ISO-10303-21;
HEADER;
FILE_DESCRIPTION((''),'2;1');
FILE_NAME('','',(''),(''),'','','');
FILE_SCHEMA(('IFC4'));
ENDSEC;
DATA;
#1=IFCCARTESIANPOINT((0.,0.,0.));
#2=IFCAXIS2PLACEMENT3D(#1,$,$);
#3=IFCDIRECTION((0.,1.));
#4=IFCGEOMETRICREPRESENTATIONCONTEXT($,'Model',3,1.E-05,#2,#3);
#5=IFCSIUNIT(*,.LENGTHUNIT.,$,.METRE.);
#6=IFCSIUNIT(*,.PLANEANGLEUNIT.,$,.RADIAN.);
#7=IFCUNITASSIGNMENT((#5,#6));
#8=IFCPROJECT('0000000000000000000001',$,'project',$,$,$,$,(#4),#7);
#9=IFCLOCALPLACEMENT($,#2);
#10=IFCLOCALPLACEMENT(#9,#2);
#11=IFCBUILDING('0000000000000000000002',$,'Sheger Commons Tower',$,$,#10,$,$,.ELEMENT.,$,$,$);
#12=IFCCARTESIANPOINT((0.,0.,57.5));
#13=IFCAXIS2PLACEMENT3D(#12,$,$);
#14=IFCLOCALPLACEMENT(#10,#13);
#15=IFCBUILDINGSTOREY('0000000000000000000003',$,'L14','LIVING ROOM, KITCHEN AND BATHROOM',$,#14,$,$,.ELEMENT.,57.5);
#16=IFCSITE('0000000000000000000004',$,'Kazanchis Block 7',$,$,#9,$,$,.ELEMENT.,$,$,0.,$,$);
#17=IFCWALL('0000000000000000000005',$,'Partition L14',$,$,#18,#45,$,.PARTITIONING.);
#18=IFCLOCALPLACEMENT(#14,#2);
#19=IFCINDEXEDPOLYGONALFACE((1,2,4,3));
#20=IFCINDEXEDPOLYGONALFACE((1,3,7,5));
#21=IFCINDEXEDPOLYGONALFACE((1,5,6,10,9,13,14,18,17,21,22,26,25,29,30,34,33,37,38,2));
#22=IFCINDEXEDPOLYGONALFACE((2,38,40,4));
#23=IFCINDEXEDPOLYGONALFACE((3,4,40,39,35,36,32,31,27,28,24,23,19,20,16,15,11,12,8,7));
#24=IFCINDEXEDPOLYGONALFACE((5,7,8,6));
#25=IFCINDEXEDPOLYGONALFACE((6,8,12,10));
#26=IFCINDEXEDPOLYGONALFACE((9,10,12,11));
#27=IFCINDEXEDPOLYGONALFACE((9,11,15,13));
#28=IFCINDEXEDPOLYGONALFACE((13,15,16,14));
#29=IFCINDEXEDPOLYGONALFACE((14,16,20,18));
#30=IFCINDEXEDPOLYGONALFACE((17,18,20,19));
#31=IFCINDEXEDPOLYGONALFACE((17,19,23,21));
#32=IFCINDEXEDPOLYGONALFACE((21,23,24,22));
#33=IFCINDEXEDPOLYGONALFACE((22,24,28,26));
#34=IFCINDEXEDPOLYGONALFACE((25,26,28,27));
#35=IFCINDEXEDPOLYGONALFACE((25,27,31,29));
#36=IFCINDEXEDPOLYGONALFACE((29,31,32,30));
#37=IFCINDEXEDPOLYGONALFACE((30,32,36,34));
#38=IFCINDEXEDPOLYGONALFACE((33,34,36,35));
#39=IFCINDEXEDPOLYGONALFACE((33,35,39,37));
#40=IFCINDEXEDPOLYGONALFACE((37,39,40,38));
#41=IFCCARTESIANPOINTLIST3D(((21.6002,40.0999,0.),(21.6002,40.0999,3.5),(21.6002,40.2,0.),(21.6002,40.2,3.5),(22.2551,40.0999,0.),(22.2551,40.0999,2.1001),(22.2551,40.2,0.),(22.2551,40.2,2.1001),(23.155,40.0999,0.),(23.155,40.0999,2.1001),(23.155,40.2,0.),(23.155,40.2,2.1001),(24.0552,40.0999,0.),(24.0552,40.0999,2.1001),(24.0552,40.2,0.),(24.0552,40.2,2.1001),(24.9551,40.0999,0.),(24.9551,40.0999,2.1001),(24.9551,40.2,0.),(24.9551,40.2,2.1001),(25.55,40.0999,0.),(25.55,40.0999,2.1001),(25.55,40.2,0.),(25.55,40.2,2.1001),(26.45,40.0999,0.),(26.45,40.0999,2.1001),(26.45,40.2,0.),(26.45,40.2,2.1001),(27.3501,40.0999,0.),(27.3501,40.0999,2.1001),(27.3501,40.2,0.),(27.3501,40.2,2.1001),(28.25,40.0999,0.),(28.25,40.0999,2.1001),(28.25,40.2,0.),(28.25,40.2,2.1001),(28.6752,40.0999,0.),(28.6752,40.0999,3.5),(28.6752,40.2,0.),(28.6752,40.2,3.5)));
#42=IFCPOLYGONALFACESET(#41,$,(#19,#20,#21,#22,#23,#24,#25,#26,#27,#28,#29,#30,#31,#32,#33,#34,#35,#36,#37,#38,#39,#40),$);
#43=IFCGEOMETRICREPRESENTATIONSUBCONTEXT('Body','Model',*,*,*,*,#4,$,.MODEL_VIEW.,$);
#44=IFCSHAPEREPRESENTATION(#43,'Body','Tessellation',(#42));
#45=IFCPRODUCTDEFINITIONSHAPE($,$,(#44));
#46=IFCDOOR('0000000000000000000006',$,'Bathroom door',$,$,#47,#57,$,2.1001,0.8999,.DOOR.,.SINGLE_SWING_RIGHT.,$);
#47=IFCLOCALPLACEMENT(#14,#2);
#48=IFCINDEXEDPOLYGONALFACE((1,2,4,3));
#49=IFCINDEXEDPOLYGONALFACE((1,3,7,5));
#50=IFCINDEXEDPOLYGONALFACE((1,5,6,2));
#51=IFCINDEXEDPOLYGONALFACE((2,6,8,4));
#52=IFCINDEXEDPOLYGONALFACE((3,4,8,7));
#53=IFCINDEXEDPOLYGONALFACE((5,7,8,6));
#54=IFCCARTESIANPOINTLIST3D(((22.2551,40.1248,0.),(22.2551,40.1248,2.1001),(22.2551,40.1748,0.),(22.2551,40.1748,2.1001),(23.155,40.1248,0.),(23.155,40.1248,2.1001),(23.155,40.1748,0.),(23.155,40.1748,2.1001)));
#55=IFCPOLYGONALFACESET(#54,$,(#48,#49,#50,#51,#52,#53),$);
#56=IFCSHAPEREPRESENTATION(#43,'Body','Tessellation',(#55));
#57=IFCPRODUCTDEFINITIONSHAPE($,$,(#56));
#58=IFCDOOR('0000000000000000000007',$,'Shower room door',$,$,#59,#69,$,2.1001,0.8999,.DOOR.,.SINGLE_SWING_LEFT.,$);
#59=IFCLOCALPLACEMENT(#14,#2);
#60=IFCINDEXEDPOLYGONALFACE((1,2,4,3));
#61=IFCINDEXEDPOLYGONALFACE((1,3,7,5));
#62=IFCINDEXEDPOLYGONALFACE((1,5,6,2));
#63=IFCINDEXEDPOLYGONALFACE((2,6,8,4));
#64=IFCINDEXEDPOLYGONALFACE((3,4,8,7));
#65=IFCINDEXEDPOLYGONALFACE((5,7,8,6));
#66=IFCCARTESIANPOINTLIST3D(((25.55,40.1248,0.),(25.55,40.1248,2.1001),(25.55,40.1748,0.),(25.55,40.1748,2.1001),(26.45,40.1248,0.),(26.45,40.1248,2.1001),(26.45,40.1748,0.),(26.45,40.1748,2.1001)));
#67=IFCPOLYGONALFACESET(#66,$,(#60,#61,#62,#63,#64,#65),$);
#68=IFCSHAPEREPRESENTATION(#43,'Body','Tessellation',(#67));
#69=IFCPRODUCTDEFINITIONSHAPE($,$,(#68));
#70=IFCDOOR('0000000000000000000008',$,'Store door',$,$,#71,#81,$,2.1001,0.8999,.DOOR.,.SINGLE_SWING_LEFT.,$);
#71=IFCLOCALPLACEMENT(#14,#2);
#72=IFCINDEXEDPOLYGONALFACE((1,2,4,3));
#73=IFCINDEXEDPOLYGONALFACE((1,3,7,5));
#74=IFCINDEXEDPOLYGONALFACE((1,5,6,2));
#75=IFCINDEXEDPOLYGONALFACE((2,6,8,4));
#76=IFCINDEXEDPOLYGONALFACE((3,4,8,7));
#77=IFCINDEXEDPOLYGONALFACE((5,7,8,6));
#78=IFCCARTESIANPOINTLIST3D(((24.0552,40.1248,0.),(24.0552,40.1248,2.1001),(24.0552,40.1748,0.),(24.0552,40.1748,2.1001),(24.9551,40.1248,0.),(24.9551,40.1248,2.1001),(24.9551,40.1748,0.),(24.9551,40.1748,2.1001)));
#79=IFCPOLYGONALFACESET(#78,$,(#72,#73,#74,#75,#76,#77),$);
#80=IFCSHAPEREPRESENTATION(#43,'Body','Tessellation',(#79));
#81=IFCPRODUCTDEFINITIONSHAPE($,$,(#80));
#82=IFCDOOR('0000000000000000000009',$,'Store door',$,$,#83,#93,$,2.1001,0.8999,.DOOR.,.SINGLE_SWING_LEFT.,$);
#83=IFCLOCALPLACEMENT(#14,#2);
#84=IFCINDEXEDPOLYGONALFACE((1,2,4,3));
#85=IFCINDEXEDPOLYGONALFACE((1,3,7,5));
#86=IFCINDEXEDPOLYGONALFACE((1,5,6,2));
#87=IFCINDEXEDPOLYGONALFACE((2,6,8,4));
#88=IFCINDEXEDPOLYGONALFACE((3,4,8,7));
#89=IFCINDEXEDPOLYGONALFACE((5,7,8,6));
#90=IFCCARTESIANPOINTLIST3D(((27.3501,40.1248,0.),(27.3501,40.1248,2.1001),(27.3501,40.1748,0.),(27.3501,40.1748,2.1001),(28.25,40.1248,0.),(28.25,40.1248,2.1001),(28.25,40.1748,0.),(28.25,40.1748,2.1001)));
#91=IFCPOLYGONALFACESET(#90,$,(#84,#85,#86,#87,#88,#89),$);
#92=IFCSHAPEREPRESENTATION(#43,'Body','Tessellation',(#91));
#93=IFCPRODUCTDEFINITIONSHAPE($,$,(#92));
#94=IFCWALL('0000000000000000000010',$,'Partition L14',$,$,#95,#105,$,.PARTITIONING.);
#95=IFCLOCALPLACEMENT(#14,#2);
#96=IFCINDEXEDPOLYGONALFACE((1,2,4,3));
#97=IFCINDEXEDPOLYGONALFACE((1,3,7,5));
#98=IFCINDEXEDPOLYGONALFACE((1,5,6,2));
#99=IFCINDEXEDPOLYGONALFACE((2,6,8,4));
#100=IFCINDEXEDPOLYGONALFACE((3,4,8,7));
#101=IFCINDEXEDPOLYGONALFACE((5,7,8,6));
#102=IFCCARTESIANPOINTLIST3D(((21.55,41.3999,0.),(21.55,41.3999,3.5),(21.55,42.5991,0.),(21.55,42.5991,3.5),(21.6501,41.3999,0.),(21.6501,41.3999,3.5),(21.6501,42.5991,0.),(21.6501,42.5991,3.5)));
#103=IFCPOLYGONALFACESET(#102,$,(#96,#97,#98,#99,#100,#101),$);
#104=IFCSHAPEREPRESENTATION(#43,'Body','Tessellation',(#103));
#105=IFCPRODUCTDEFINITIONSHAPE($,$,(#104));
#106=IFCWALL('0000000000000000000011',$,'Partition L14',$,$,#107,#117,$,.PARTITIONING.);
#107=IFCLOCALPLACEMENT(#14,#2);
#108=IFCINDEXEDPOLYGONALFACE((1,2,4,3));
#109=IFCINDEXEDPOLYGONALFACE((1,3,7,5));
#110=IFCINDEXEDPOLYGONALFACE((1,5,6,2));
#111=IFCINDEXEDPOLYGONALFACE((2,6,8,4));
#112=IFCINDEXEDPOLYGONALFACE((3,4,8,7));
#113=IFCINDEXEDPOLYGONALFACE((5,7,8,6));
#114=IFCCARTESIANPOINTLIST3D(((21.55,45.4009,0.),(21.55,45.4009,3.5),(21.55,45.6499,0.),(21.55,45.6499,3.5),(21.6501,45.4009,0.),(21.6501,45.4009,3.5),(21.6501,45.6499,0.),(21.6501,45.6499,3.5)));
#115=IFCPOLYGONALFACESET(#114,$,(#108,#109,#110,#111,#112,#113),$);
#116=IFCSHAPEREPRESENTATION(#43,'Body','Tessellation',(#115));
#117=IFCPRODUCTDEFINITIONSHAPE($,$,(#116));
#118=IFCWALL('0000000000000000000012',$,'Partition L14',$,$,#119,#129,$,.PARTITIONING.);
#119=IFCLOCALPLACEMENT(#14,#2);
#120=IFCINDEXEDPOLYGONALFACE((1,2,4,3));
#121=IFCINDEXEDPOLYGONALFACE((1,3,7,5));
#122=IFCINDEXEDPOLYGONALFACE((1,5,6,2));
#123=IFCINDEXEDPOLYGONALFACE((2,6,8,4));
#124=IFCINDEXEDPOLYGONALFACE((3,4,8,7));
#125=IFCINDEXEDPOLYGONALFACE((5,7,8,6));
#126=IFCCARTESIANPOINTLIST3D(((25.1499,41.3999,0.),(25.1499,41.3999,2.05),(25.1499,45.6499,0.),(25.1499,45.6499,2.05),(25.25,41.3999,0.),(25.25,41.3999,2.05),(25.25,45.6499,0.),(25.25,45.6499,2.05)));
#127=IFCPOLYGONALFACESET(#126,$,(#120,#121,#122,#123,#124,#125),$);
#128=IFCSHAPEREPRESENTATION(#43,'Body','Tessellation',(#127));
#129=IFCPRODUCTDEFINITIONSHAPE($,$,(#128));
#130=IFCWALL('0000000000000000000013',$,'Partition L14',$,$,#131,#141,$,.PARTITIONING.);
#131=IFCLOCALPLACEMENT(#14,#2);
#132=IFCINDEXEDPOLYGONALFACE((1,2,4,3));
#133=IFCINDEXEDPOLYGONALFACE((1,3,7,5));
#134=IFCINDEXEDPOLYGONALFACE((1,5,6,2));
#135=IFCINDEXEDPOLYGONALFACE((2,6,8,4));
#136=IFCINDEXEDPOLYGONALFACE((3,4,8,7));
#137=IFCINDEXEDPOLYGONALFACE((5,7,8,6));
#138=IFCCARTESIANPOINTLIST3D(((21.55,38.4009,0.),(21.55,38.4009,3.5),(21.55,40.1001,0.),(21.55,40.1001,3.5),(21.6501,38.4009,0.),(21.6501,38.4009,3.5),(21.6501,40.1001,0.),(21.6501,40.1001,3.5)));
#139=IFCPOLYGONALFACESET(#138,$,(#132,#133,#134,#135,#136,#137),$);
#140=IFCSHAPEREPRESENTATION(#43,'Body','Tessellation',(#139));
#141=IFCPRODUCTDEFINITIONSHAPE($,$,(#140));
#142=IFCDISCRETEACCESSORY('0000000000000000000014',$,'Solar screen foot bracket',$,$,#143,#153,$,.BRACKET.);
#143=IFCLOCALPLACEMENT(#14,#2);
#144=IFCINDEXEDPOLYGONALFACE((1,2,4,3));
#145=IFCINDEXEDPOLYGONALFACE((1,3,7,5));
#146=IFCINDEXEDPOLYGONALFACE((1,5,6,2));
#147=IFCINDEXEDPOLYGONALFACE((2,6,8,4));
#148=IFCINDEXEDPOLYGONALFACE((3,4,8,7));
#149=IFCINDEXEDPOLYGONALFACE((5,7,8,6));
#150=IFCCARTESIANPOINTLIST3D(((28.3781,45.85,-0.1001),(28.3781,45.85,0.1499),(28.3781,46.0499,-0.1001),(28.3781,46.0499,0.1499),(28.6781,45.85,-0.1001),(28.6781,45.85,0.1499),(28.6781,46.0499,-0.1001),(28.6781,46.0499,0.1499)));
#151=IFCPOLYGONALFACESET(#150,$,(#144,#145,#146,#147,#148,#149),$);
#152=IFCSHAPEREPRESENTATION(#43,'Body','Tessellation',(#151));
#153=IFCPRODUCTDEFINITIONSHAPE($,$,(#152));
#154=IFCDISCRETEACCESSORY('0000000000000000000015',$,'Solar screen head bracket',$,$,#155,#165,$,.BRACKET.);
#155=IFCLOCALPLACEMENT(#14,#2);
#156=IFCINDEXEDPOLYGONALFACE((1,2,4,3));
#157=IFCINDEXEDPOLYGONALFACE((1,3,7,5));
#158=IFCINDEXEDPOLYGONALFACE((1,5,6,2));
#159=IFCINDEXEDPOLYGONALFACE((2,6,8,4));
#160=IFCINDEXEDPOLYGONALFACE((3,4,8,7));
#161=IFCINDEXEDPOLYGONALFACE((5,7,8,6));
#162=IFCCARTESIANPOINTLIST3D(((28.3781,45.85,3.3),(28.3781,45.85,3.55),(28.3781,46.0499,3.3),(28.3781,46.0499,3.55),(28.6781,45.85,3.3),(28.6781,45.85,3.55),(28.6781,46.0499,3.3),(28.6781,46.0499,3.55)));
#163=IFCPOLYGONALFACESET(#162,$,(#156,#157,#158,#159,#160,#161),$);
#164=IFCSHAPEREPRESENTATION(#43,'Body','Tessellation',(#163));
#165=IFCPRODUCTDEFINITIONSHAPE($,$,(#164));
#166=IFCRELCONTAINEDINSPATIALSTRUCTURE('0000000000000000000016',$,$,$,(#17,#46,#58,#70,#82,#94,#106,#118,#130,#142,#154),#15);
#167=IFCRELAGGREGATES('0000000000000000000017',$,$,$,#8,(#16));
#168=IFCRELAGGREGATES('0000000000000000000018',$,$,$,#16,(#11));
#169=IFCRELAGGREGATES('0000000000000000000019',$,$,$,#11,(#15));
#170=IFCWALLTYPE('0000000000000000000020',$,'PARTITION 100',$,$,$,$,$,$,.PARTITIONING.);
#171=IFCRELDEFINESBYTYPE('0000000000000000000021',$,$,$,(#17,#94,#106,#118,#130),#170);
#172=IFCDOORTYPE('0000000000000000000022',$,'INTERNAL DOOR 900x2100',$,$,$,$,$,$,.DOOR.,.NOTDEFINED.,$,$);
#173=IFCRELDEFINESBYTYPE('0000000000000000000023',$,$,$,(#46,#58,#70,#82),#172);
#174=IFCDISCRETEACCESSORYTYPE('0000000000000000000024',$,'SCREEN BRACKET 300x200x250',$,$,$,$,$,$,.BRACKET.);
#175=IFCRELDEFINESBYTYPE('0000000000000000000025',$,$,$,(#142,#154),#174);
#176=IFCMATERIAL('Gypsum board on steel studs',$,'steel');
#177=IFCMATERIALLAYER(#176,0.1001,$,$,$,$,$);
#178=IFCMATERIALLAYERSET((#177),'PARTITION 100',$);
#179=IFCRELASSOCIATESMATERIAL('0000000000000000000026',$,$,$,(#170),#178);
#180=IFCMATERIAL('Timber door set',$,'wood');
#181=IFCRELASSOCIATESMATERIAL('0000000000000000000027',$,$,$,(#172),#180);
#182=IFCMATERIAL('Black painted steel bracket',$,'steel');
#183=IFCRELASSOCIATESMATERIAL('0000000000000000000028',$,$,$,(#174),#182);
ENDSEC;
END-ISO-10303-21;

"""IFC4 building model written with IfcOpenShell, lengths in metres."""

from ifc_helpers import new_model, si_unit, direction, frame, frame_2d, origin, origin_2d, place, context, subcontext, project, spatial, rectangle, extrude, material, layer, layer_set, type_object, element, fill, save


model = new_model("IFC4")

# Units and contexts
model_context = context("Model", 3, precision=1e-05, world=origin(), true_north=direction((0.0, 1.0)))
body_context = subcontext(model_context, "Body", "Model", "MODEL_VIEW")
ifc_project = project(units=[si_unit("LENGTHUNIT", "METRE"), si_unit("PLANEANGLEUNIT", "RADIAN")], contexts=[model_context])

# Site, building, storey
site_placement = place(None, origin())
site = spatial("IfcSite", under=ifc_project, at=site_placement, Name="Kazanchis Block 7", CompositionType="ELEMENT", RefElevation=0.0)
building_placement = place(site_placement, origin())
building = spatial("IfcBuilding", under=site, at=building_placement, Name="Sheger Commons Tower", CompositionType="ELEMENT")
storey_placement = place(building_placement, frame((0.0, 0.0, 57.5)))
storey = spatial("IfcBuildingStorey", under=building, at=storey_placement, Name="L14", Description="LIVING ROOM, KITCHEN AND BATHROOM", CompositionType="ELEMENT", Elevation=57.5)

# Wall, openings, doors
ifc_material_1 = material(Name="Gypsum board on steel studs", Category="steel")
ifc_layer_1 = layer(ifc_material_1, 0.1001)
ifc_layer_set_1 = layer_set([ifc_layer_1], Name="PARTITION 100")
wall_type = type_object("IfcWallType", Name="PARTITION 100", PredefinedType="PARTITIONING", material=ifc_layer_set_1)
ifc_material_2 = material(Name="Timber door set", Category="wood")
door_type = type_object("IfcDoorType", Name="INTERNAL DOOR 900x2100", OperationType="NOTDEFINED", PredefinedType="DOOR", material=ifc_material_2)
wall_1_placement = place(storey_placement, frame((21.6001, 40.1499, 0.0), z_axis=(0.0, 0.0, 1.0), x_axis=(1.0, 0.0, 0.0)))
wall_1 = element("IfcWall", 1, at=wall_1_placement, inside=storey, type_object=wall_type, Name="Partition L14", PredefinedType="PARTITIONING", context=body_context, shape_type="SweptSolid", body=[
    extrude(rectangle(XDim=7.075, YDim=0.1001, at=frame_2d((3.5376, 0.0))), origin(), (0.0, 0.0, 1.0), 3.5),
])
opening_1_placement = place(wall_1_placement, frame((0.655, 0.0, 0.0)))
opening_1 = element("IfcOpeningElement", 2, at=opening_1_placement, cuts=wall_1, PredefinedType="OPENING", context=body_context, shape_type="SweptSolid", body=[
    extrude(rectangle(XDim=0.8999, YDim=2.1001, at=frame_2d((0.45, 1.05))), frame((0.0, 0.0601, 0.0), z_axis=(0.0, -1.0, 0.0), x_axis=(1.0, 0.0, 0.0)), (0.0, 0.0, 1.0), 0.1201),
])
opening_2_placement = place(wall_1_placement, frame((3.95, 0.0, 0.0)))
opening_2 = element("IfcOpeningElement", 3, at=opening_2_placement, cuts=wall_1, PredefinedType="OPENING", context=body_context, shape_type="SweptSolid", body=[
    extrude(rectangle(XDim=0.8999, YDim=2.1001, at=frame_2d((0.45, 1.05))), frame((0.0, 0.0601, 0.0), z_axis=(0.0, -1.0, 0.0), x_axis=(1.0, 0.0, 0.0)), (0.0, 0.0, 1.0), 0.1201),
])
opening_3_placement = place(wall_1_placement, frame((2.4551, 0.0, 0.0)))
opening_3 = element("IfcOpeningElement", 4, at=opening_3_placement, cuts=wall_1, PredefinedType="OPENING", context=body_context, shape_type="SweptSolid", body=[
    extrude(rectangle(XDim=0.8999, YDim=2.1001, at=frame_2d((0.45, 1.05))), frame((0.0, 0.0601, 0.0), z_axis=(0.0, -1.0, 0.0), x_axis=(1.0, 0.0, 0.0)), (0.0, 0.0, 1.0), 0.1201),
])
opening_4_placement = place(wall_1_placement, frame((5.75, 0.0, 0.0)))
opening_4 = element("IfcOpeningElement", 5, at=opening_4_placement, cuts=wall_1, PredefinedType="OPENING", context=body_context, shape_type="SweptSolid", body=[
    extrude(rectangle(XDim=0.8999, YDim=2.1001, at=frame_2d((0.45, 1.05))), frame((0.0, 0.0601, 0.0), z_axis=(0.0, -1.0, 0.0), x_axis=(1.0, 0.0, 0.0)), (0.0, 0.0, 1.0), 0.1201),
])
door_1_placement = place(opening_1_placement, origin())
door_1 = element("IfcDoor", 6, at=door_1_placement, inside=storey, type_object=door_type, Name="Bathroom door", OperationType="SINGLE_SWING_RIGHT", OverallHeight=2.1001, OverallWidth=0.8999, PredefinedType="DOOR", context=body_context, shape_type="SweptSolid", body=[
    extrude(rectangle(XDim=0.8999, YDim=2.1001, at=frame_2d((0.45, 1.05))), frame((0.0, 0.0249, 0.0), z_axis=(0.0, -1.0, 0.0), x_axis=(1.0, 0.0, 0.0)), (0.0, 0.0, 1.0), 0.05),
])
fill(opening_1, door_1)
door_2_placement = place(opening_2_placement, origin())
door_2 = element("IfcDoor", 7, at=door_2_placement, inside=storey, type_object=door_type, Name="Shower room door", OperationType="SINGLE_SWING_LEFT", OverallHeight=2.1001, OverallWidth=0.8999, PredefinedType="DOOR", context=body_context, shape_type="SweptSolid", body=[
    extrude(rectangle(XDim=0.8999, YDim=2.1001, at=frame_2d((0.45, 1.05))), frame((0.0, 0.0249, 0.0), z_axis=(0.0, -1.0, 0.0), x_axis=(1.0, 0.0, 0.0)), (0.0, 0.0, 1.0), 0.05),
])
fill(opening_2, door_2)
door_3_placement = place(opening_3_placement, origin())
door_3 = element("IfcDoor", 8, at=door_3_placement, inside=storey, type_object=door_type, Name="Store door", OperationType="SINGLE_SWING_LEFT", OverallHeight=2.1001, OverallWidth=0.8999, PredefinedType="DOOR", context=body_context, shape_type="SweptSolid", body=[
    extrude(rectangle(XDim=0.8999, YDim=2.1001, at=frame_2d((0.45, 1.05))), frame((0.0, 0.0249, 0.0), z_axis=(0.0, -1.0, 0.0), x_axis=(1.0, 0.0, 0.0)), (0.0, 0.0, 1.0), 0.05),
])
fill(opening_3, door_3)
door_4_placement = place(opening_4_placement, origin())
door_4 = element("IfcDoor", 9, at=door_4_placement, inside=storey, type_object=door_type, Name="Store door", OperationType="SINGLE_SWING_LEFT", OverallHeight=2.1001, OverallWidth=0.8999, PredefinedType="DOOR", context=body_context, shape_type="SweptSolid", body=[
    extrude(rectangle(XDim=0.8999, YDim=2.1001, at=frame_2d((0.45, 1.05))), frame((0.0, 0.0249, 0.0), z_axis=(0.0, -1.0, 0.0), x_axis=(1.0, 0.0, 0.0)), (0.0, 0.0, 1.0), 0.05),
])
fill(opening_4, door_4)

# Walls
wall_2_placement = place(storey_placement, frame((21.6001, 41.3999, 0.0), z_axis=(0.0, 0.0, 1.0), x_axis=(0.0, 1.0, 0.0)))
element("IfcWall", 10, at=wall_2_placement, inside=storey, type_object=wall_type, Name="Partition L14", PredefinedType="PARTITIONING", context=body_context, shape_type="SweptSolid", body=[
    extrude(rectangle(XDim=1.1992, YDim=0.1001, at=frame_2d((0.5996, 0.0))), origin(), (0.0, 0.0, 1.0), 3.5),
])
wall_3_placement = place(storey_placement, frame((21.6001, 45.4009, 0.0), z_axis=(0.0, 0.0, 1.0), x_axis=(0.0, 1.0, 0.0)))
element("IfcWall", 11, at=wall_3_placement, inside=storey, type_object=wall_type, Name="Partition L14", PredefinedType="PARTITIONING", context=body_context, shape_type="SweptSolid", body=[
    extrude(rectangle(XDim=0.249, YDim=0.1001, at=frame_2d((0.1245, 0.0))), origin(), (0.0, 0.0, 1.0), 3.5),
])
wall_4_placement = place(storey_placement, frame((25.2, 41.3999, 0.0), z_axis=(0.0, 0.0, 1.0), x_axis=(0.0, 1.0, 0.0)))
element("IfcWall", 12, at=wall_4_placement, inside=storey, type_object=wall_type, Name="Partition L14", PredefinedType="PARTITIONING", context=body_context, shape_type="SweptSolid", body=[
    extrude(rectangle(XDim=4.25, YDim=0.1001, at=frame_2d((2.125, 0.0))), origin(), (0.0, 0.0, 1.0), 2.05),
])
wall_5_placement = place(storey_placement, frame((21.6001, 38.4009, 0.0), z_axis=(0.0, 0.0, 1.0), x_axis=(0.0, 1.0, 0.0)))
element("IfcWall", 13, at=wall_5_placement, inside=storey, type_object=wall_type, Name="Partition L14", PredefinedType="PARTITIONING", context=body_context, shape_type="SweptSolid", body=[
    extrude(rectangle(XDim=1.6992, YDim=0.1001, at=frame_2d((0.8496, 0.0))), origin(), (0.0, 0.0, 1.0), 3.5),
])

# Discrete accessories
ifc_material_3 = material(Name="Black painted steel bracket", Category="steel")
discrete_accessory_type = type_object("IfcDiscreteAccessoryType", Name="SCREEN BRACKET 300x200x250", PredefinedType="BRACKET", material=ifc_material_3)
for number, where, z_axis, x_axis, name in (
    (14, (28.5281, 45.95, -0.1001), (0.0, 0.0, 1.0), (-1.0, 0.0, 0.0), "Solar screen foot bracket"),
    (15, (28.5281, 45.95, 3.3), (0.0, 0.0, 1.0), (-1.0, 0.0, 0.0), "Solar screen head bracket"),
):
    element("IfcDiscreteAccessory", number, at=place(storey_placement, frame(where, z_axis=z_axis, x_axis=x_axis)), inside=storey, type_object=discrete_accessory_type, Name=name, PredefinedType="BRACKET", context=body_context, shape_type="SweptSolid", body=[
        extrude(rectangle(XDim=0.3, YDim=0.2, at=origin_2d()), origin(), (0.0, 0.0, 1.0), 0.25),
    ])

save(model, "model.ifc")
